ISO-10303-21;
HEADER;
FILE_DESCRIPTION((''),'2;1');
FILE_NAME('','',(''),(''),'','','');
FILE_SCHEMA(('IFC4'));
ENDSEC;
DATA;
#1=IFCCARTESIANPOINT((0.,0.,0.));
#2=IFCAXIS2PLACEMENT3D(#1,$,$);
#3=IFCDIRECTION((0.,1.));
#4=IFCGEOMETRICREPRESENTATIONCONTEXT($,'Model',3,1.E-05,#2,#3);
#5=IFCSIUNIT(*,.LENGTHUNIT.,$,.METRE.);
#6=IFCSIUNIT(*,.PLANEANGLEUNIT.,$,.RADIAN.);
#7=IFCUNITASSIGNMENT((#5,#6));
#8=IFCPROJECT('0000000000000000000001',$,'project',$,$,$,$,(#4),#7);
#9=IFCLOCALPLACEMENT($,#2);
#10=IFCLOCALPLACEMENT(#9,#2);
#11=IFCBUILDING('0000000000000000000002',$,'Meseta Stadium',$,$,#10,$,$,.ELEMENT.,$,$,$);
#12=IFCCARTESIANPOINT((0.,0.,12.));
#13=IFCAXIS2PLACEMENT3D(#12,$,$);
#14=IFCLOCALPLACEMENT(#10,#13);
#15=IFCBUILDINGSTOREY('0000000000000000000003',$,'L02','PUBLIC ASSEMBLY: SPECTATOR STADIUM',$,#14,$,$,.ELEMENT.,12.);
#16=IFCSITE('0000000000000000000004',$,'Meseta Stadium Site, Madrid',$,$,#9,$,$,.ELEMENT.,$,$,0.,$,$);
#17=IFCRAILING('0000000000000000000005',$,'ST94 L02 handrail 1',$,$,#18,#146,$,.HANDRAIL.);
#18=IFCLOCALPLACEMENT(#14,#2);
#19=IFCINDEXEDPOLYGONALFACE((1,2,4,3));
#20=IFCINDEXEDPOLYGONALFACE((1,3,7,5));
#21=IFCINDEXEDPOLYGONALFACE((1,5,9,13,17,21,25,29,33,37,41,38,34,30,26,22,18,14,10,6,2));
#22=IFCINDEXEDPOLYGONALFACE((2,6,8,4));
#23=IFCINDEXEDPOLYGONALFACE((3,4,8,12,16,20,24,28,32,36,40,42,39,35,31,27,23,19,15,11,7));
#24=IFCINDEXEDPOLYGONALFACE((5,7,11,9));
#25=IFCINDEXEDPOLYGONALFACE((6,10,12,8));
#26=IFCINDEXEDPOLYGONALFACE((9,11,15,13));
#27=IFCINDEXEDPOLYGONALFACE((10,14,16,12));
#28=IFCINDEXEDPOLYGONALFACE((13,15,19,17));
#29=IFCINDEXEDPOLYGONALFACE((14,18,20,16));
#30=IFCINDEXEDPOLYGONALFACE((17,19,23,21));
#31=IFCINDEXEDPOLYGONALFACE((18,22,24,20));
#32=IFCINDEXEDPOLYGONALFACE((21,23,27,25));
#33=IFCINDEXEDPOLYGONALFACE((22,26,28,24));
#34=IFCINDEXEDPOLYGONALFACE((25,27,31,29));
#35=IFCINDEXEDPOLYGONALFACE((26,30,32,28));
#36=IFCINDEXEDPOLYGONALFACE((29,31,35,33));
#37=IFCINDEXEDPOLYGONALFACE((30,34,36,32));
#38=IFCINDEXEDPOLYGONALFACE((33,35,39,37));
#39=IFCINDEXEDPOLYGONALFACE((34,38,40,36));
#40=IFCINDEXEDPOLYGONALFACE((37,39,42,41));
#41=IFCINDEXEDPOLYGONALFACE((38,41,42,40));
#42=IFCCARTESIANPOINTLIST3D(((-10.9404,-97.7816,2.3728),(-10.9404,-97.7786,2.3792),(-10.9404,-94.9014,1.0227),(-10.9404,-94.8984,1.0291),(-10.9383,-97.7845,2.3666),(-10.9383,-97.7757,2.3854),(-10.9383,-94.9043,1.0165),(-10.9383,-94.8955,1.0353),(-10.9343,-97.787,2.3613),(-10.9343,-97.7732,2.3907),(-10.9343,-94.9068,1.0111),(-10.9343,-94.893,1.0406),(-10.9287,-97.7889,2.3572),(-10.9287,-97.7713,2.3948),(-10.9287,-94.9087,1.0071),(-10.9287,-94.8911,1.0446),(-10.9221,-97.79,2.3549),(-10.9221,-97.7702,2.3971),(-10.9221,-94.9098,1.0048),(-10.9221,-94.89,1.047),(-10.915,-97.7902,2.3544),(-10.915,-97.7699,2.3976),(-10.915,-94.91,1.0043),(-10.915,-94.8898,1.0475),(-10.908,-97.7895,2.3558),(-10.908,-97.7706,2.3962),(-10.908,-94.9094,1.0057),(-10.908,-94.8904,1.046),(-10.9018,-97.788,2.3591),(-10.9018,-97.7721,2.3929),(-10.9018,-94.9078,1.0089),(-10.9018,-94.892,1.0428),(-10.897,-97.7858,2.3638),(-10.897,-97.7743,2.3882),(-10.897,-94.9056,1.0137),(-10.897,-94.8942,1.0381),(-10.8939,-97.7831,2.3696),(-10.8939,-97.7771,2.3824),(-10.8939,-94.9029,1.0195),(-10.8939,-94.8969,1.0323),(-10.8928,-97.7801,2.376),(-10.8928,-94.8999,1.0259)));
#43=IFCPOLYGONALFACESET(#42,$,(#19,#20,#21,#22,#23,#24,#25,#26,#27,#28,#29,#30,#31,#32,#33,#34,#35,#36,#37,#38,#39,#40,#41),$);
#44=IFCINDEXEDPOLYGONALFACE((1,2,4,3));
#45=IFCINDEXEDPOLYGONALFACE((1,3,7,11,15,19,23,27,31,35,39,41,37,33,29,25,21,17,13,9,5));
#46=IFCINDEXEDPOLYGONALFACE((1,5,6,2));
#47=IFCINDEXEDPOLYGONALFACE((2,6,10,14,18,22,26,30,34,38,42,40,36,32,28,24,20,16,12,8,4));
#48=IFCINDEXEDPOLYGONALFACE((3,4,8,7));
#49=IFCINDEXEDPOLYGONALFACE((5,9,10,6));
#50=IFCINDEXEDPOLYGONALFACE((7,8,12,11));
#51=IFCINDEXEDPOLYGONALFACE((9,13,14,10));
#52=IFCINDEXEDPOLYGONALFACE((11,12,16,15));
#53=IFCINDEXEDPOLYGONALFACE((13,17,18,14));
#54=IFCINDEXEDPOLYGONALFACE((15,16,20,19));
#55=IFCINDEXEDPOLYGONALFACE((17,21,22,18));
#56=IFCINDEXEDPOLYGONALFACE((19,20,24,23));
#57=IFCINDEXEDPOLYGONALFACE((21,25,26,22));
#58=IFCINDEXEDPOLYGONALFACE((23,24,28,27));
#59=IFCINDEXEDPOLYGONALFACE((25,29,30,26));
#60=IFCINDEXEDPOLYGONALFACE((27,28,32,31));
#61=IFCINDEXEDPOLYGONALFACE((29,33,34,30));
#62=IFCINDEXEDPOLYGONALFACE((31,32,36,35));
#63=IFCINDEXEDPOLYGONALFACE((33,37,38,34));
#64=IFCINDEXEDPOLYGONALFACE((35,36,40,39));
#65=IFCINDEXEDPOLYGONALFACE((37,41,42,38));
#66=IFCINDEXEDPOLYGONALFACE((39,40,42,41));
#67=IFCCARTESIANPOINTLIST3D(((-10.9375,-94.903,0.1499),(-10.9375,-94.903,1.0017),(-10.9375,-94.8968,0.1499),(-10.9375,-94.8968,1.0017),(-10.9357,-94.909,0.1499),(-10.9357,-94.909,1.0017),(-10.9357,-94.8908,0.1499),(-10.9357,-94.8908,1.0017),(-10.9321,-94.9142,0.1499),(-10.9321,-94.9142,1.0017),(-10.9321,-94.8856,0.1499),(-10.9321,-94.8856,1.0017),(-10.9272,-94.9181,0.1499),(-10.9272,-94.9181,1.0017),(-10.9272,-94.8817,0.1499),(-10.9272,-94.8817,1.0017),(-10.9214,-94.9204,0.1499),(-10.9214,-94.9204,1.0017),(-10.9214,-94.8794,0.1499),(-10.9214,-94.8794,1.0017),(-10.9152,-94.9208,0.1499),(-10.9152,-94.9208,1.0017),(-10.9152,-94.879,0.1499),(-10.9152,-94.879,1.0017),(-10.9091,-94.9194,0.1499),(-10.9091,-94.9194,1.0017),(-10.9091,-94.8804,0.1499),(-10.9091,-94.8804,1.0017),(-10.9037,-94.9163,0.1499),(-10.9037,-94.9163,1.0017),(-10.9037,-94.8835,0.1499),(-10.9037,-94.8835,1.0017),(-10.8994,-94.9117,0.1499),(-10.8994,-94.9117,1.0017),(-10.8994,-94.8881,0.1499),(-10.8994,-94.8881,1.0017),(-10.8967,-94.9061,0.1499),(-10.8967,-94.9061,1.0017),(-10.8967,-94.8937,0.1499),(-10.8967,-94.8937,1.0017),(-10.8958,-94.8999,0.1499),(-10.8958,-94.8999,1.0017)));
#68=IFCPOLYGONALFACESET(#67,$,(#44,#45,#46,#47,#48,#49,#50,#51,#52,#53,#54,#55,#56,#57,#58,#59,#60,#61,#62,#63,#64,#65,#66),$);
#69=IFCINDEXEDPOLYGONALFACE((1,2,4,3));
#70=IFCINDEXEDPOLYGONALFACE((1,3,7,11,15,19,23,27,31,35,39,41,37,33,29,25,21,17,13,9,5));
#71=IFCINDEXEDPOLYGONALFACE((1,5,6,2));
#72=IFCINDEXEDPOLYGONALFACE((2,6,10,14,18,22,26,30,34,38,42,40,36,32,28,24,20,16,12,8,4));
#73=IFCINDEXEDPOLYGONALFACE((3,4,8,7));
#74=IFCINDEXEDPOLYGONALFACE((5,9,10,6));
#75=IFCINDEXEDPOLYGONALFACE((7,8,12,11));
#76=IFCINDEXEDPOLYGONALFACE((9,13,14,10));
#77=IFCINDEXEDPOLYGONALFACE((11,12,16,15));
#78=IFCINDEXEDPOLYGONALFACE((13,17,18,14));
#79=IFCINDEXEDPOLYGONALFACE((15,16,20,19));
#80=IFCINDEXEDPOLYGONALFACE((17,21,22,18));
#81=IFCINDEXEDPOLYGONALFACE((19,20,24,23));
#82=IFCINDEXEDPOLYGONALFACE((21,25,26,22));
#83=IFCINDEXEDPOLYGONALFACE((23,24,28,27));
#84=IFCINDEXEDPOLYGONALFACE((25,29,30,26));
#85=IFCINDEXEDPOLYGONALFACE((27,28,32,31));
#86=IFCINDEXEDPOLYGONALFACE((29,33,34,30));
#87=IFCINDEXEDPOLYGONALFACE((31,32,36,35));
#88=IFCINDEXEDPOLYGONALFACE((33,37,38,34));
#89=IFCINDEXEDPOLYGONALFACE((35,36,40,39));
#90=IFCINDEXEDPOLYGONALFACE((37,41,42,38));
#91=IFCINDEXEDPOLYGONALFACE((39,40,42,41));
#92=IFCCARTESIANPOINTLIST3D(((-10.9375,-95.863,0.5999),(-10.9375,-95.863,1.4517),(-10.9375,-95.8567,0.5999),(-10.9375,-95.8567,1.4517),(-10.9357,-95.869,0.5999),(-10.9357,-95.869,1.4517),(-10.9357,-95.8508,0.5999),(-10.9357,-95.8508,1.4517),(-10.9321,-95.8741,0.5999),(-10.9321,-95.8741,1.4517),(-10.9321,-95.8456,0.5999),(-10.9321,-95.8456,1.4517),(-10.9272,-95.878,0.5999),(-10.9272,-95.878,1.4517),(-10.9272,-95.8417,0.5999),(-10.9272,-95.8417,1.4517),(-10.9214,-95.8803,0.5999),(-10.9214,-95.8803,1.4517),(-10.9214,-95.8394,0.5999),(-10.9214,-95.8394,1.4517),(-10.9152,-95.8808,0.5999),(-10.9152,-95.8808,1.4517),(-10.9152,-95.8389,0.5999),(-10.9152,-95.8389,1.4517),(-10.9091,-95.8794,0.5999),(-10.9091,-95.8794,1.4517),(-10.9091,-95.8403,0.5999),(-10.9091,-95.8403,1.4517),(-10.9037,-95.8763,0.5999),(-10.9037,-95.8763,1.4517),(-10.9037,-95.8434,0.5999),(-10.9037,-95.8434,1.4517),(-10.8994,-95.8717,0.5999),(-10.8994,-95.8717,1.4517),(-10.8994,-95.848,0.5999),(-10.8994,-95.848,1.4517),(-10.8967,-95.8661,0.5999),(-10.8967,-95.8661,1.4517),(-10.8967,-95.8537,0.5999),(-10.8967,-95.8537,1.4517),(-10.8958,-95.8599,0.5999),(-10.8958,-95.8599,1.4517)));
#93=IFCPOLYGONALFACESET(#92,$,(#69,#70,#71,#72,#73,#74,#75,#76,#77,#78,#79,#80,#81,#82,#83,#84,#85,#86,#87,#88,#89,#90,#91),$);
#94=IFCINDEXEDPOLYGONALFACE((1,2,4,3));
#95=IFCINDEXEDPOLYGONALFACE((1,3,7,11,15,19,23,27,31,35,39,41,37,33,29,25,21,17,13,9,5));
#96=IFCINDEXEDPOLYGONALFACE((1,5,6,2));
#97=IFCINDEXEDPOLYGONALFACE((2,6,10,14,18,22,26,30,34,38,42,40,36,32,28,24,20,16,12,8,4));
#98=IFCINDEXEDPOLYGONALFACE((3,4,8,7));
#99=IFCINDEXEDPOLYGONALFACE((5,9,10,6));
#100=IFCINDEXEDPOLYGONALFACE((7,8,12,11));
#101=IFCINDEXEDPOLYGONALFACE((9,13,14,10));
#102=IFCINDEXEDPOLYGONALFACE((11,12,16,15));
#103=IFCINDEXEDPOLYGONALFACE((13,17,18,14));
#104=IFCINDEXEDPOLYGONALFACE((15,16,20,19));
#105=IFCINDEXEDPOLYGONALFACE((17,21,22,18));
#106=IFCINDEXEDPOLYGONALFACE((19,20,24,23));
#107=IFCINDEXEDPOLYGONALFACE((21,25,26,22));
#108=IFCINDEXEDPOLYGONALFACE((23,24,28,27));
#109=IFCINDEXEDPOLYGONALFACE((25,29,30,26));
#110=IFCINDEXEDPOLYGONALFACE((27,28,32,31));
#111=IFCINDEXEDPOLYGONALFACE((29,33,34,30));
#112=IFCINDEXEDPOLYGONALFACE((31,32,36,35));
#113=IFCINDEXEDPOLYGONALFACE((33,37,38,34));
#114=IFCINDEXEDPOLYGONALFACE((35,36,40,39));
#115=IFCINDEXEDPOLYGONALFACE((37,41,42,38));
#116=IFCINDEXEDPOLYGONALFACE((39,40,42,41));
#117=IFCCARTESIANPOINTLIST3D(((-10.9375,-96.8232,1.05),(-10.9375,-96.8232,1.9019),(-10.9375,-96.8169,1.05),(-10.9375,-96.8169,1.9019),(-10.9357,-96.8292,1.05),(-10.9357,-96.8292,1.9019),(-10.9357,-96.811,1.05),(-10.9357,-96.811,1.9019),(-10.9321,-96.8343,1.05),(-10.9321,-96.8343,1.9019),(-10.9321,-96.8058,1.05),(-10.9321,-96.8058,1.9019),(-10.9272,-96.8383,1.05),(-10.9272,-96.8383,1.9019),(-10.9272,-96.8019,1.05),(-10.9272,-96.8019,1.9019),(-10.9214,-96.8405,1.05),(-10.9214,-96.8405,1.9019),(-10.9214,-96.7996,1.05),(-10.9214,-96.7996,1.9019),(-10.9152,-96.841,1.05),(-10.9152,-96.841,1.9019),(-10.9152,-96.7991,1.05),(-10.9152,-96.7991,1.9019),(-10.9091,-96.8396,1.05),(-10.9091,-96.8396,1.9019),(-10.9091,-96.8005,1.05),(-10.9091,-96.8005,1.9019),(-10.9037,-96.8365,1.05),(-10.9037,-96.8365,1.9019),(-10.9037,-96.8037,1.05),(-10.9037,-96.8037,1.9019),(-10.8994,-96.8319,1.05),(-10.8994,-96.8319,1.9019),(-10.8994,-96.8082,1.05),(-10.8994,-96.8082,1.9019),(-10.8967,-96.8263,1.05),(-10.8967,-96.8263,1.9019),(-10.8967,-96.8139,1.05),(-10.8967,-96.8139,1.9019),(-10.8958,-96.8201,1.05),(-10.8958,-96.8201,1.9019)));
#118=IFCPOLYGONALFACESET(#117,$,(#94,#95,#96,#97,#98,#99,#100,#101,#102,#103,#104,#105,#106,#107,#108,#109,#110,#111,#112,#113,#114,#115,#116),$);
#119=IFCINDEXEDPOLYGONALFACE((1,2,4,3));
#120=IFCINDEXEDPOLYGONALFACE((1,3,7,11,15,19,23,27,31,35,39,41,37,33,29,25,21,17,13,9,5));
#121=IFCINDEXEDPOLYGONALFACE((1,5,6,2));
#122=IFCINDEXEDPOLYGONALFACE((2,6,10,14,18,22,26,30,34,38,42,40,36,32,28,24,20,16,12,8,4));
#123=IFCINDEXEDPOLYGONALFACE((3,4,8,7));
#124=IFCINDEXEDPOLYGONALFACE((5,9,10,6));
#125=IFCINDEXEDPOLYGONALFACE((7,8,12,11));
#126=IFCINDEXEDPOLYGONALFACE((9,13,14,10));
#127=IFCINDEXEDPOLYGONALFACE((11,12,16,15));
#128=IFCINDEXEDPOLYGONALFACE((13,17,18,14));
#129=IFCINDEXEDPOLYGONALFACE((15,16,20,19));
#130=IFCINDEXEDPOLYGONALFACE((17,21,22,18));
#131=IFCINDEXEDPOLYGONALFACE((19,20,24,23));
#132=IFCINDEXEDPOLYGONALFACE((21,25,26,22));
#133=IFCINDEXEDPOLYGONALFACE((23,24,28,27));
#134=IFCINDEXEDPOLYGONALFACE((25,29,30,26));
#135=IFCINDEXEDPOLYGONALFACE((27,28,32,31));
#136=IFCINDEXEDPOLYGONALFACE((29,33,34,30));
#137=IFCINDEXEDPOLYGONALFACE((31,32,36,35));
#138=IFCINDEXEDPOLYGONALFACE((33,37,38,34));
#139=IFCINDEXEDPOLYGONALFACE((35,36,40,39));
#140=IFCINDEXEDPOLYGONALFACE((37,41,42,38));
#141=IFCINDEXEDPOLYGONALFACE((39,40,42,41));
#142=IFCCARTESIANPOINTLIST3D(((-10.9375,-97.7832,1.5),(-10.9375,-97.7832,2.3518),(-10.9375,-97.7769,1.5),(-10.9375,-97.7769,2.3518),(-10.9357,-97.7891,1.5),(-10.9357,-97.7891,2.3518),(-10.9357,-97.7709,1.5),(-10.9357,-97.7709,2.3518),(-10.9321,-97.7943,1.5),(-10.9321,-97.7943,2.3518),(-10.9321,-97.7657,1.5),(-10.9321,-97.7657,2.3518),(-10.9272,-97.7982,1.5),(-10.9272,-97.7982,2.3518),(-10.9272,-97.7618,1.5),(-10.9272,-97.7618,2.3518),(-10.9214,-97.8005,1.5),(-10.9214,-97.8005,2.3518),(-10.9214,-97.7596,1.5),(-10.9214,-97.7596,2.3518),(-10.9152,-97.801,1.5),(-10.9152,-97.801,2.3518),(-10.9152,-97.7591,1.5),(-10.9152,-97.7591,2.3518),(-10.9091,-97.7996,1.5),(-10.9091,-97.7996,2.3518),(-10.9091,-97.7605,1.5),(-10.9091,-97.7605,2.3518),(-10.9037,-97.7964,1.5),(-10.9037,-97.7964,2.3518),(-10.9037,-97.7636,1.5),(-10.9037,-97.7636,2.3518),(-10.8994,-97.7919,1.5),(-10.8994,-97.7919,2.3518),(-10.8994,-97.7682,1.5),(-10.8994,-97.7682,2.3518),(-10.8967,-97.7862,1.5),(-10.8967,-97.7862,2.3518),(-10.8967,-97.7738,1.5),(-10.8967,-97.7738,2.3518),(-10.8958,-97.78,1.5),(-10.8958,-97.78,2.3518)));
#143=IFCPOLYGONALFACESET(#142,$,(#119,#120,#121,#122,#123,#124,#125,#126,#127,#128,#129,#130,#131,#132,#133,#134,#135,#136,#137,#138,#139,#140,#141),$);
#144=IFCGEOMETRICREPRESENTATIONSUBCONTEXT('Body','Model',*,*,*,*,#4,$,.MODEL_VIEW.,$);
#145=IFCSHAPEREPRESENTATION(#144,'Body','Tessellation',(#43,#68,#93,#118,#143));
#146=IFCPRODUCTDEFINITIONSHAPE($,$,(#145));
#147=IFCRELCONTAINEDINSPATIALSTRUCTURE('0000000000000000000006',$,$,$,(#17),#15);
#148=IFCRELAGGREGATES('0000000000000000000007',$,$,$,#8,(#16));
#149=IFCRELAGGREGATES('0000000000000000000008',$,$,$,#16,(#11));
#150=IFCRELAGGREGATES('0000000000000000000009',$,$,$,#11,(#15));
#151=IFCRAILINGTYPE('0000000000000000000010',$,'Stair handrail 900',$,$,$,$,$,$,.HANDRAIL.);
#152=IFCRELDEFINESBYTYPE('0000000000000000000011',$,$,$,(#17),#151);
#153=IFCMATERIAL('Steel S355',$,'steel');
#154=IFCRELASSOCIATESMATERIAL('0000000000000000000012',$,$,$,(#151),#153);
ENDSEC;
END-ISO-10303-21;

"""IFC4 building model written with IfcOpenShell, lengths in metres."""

from ifc_helpers import new_model, si_unit, direction, frame, origin, origin_2d, place, context, subcontext, project, spatial, circle, extrude, material, type_object, element, save


model = new_model("IFC4")

# Units and contexts
model_context = context("Model", 3, precision=1e-05, world=origin(), true_north=direction((0.0, 1.0)))
body_context = subcontext(model_context, "Body", "Model", "MODEL_VIEW")
ifc_project = project(units=[si_unit("LENGTHUNIT", "METRE"), si_unit("PLANEANGLEUNIT", "RADIAN")], contexts=[model_context])

# Site, building, storey
site_placement = place(None, origin())
site = spatial("IfcSite", under=ifc_project, at=site_placement, Name="Meseta Stadium Site, Madrid", CompositionType="ELEMENT", RefElevation=0.0)
building_placement = place(site_placement, origin())
building = spatial("IfcBuilding", under=site, at=building_placement, Name="Meseta Stadium", CompositionType="ELEMENT")
storey_placement = place(building_placement, frame((0.0, 0.0, 12.0)))
storey = spatial("IfcBuildingStorey", under=building, at=storey_placement, Name="L02", Description="PUBLIC ASSEMBLY: SPECTATOR STADIUM", CompositionType="ELEMENT", Elevation=12.0)

# Railing
ifc_material_1 = material(Name="Steel S355", Category="steel")
railing_type_1 = type_object("IfcRailingType", Name="Stair handrail 900", PredefinedType="HANDRAIL", material=ifc_material_1)
railing_1_placement = place(storey_placement, frame((-10.9167, -94.8999, 0.1499)))
element("IfcRailing", 1, at=railing_1_placement, inside=storey, type_object=railing_type_1, Name="ST94 L02 handrail 1", PredefinedType="HANDRAIL", context=body_context, shape_type="SweptSolid", body=[
    extrude(circle(Radius=0.0239, at=origin_2d()), frame((0.0, 0.0, 0.876), z_axis=(0.0, -0.905454, 0.424444), x_axis=(1.0, 0.0, 0.0)), (0.0, 0.0, 1.0), 3.1809),
    extrude(circle(Radius=0.021, at=origin_2d()), origin(), (0.0, 0.0, 1.0), 0.8518),
    extrude(circle(Radius=0.021, at=origin_2d()), frame((0.0, -0.96, 0.45)), (0.0, 0.0, 1.0), 0.8518),
    extrude(circle(Radius=0.021, at=origin_2d()), frame((0.0, -1.9202, 0.9001)), (0.0, 0.0, 1.0), 0.8518),
    extrude(circle(Radius=0.021, at=origin_2d()), frame((0.0, -2.8801, 1.3501)), (0.0, 0.0, 1.0), 0.8518),
])

save(model, "model.ifc")
